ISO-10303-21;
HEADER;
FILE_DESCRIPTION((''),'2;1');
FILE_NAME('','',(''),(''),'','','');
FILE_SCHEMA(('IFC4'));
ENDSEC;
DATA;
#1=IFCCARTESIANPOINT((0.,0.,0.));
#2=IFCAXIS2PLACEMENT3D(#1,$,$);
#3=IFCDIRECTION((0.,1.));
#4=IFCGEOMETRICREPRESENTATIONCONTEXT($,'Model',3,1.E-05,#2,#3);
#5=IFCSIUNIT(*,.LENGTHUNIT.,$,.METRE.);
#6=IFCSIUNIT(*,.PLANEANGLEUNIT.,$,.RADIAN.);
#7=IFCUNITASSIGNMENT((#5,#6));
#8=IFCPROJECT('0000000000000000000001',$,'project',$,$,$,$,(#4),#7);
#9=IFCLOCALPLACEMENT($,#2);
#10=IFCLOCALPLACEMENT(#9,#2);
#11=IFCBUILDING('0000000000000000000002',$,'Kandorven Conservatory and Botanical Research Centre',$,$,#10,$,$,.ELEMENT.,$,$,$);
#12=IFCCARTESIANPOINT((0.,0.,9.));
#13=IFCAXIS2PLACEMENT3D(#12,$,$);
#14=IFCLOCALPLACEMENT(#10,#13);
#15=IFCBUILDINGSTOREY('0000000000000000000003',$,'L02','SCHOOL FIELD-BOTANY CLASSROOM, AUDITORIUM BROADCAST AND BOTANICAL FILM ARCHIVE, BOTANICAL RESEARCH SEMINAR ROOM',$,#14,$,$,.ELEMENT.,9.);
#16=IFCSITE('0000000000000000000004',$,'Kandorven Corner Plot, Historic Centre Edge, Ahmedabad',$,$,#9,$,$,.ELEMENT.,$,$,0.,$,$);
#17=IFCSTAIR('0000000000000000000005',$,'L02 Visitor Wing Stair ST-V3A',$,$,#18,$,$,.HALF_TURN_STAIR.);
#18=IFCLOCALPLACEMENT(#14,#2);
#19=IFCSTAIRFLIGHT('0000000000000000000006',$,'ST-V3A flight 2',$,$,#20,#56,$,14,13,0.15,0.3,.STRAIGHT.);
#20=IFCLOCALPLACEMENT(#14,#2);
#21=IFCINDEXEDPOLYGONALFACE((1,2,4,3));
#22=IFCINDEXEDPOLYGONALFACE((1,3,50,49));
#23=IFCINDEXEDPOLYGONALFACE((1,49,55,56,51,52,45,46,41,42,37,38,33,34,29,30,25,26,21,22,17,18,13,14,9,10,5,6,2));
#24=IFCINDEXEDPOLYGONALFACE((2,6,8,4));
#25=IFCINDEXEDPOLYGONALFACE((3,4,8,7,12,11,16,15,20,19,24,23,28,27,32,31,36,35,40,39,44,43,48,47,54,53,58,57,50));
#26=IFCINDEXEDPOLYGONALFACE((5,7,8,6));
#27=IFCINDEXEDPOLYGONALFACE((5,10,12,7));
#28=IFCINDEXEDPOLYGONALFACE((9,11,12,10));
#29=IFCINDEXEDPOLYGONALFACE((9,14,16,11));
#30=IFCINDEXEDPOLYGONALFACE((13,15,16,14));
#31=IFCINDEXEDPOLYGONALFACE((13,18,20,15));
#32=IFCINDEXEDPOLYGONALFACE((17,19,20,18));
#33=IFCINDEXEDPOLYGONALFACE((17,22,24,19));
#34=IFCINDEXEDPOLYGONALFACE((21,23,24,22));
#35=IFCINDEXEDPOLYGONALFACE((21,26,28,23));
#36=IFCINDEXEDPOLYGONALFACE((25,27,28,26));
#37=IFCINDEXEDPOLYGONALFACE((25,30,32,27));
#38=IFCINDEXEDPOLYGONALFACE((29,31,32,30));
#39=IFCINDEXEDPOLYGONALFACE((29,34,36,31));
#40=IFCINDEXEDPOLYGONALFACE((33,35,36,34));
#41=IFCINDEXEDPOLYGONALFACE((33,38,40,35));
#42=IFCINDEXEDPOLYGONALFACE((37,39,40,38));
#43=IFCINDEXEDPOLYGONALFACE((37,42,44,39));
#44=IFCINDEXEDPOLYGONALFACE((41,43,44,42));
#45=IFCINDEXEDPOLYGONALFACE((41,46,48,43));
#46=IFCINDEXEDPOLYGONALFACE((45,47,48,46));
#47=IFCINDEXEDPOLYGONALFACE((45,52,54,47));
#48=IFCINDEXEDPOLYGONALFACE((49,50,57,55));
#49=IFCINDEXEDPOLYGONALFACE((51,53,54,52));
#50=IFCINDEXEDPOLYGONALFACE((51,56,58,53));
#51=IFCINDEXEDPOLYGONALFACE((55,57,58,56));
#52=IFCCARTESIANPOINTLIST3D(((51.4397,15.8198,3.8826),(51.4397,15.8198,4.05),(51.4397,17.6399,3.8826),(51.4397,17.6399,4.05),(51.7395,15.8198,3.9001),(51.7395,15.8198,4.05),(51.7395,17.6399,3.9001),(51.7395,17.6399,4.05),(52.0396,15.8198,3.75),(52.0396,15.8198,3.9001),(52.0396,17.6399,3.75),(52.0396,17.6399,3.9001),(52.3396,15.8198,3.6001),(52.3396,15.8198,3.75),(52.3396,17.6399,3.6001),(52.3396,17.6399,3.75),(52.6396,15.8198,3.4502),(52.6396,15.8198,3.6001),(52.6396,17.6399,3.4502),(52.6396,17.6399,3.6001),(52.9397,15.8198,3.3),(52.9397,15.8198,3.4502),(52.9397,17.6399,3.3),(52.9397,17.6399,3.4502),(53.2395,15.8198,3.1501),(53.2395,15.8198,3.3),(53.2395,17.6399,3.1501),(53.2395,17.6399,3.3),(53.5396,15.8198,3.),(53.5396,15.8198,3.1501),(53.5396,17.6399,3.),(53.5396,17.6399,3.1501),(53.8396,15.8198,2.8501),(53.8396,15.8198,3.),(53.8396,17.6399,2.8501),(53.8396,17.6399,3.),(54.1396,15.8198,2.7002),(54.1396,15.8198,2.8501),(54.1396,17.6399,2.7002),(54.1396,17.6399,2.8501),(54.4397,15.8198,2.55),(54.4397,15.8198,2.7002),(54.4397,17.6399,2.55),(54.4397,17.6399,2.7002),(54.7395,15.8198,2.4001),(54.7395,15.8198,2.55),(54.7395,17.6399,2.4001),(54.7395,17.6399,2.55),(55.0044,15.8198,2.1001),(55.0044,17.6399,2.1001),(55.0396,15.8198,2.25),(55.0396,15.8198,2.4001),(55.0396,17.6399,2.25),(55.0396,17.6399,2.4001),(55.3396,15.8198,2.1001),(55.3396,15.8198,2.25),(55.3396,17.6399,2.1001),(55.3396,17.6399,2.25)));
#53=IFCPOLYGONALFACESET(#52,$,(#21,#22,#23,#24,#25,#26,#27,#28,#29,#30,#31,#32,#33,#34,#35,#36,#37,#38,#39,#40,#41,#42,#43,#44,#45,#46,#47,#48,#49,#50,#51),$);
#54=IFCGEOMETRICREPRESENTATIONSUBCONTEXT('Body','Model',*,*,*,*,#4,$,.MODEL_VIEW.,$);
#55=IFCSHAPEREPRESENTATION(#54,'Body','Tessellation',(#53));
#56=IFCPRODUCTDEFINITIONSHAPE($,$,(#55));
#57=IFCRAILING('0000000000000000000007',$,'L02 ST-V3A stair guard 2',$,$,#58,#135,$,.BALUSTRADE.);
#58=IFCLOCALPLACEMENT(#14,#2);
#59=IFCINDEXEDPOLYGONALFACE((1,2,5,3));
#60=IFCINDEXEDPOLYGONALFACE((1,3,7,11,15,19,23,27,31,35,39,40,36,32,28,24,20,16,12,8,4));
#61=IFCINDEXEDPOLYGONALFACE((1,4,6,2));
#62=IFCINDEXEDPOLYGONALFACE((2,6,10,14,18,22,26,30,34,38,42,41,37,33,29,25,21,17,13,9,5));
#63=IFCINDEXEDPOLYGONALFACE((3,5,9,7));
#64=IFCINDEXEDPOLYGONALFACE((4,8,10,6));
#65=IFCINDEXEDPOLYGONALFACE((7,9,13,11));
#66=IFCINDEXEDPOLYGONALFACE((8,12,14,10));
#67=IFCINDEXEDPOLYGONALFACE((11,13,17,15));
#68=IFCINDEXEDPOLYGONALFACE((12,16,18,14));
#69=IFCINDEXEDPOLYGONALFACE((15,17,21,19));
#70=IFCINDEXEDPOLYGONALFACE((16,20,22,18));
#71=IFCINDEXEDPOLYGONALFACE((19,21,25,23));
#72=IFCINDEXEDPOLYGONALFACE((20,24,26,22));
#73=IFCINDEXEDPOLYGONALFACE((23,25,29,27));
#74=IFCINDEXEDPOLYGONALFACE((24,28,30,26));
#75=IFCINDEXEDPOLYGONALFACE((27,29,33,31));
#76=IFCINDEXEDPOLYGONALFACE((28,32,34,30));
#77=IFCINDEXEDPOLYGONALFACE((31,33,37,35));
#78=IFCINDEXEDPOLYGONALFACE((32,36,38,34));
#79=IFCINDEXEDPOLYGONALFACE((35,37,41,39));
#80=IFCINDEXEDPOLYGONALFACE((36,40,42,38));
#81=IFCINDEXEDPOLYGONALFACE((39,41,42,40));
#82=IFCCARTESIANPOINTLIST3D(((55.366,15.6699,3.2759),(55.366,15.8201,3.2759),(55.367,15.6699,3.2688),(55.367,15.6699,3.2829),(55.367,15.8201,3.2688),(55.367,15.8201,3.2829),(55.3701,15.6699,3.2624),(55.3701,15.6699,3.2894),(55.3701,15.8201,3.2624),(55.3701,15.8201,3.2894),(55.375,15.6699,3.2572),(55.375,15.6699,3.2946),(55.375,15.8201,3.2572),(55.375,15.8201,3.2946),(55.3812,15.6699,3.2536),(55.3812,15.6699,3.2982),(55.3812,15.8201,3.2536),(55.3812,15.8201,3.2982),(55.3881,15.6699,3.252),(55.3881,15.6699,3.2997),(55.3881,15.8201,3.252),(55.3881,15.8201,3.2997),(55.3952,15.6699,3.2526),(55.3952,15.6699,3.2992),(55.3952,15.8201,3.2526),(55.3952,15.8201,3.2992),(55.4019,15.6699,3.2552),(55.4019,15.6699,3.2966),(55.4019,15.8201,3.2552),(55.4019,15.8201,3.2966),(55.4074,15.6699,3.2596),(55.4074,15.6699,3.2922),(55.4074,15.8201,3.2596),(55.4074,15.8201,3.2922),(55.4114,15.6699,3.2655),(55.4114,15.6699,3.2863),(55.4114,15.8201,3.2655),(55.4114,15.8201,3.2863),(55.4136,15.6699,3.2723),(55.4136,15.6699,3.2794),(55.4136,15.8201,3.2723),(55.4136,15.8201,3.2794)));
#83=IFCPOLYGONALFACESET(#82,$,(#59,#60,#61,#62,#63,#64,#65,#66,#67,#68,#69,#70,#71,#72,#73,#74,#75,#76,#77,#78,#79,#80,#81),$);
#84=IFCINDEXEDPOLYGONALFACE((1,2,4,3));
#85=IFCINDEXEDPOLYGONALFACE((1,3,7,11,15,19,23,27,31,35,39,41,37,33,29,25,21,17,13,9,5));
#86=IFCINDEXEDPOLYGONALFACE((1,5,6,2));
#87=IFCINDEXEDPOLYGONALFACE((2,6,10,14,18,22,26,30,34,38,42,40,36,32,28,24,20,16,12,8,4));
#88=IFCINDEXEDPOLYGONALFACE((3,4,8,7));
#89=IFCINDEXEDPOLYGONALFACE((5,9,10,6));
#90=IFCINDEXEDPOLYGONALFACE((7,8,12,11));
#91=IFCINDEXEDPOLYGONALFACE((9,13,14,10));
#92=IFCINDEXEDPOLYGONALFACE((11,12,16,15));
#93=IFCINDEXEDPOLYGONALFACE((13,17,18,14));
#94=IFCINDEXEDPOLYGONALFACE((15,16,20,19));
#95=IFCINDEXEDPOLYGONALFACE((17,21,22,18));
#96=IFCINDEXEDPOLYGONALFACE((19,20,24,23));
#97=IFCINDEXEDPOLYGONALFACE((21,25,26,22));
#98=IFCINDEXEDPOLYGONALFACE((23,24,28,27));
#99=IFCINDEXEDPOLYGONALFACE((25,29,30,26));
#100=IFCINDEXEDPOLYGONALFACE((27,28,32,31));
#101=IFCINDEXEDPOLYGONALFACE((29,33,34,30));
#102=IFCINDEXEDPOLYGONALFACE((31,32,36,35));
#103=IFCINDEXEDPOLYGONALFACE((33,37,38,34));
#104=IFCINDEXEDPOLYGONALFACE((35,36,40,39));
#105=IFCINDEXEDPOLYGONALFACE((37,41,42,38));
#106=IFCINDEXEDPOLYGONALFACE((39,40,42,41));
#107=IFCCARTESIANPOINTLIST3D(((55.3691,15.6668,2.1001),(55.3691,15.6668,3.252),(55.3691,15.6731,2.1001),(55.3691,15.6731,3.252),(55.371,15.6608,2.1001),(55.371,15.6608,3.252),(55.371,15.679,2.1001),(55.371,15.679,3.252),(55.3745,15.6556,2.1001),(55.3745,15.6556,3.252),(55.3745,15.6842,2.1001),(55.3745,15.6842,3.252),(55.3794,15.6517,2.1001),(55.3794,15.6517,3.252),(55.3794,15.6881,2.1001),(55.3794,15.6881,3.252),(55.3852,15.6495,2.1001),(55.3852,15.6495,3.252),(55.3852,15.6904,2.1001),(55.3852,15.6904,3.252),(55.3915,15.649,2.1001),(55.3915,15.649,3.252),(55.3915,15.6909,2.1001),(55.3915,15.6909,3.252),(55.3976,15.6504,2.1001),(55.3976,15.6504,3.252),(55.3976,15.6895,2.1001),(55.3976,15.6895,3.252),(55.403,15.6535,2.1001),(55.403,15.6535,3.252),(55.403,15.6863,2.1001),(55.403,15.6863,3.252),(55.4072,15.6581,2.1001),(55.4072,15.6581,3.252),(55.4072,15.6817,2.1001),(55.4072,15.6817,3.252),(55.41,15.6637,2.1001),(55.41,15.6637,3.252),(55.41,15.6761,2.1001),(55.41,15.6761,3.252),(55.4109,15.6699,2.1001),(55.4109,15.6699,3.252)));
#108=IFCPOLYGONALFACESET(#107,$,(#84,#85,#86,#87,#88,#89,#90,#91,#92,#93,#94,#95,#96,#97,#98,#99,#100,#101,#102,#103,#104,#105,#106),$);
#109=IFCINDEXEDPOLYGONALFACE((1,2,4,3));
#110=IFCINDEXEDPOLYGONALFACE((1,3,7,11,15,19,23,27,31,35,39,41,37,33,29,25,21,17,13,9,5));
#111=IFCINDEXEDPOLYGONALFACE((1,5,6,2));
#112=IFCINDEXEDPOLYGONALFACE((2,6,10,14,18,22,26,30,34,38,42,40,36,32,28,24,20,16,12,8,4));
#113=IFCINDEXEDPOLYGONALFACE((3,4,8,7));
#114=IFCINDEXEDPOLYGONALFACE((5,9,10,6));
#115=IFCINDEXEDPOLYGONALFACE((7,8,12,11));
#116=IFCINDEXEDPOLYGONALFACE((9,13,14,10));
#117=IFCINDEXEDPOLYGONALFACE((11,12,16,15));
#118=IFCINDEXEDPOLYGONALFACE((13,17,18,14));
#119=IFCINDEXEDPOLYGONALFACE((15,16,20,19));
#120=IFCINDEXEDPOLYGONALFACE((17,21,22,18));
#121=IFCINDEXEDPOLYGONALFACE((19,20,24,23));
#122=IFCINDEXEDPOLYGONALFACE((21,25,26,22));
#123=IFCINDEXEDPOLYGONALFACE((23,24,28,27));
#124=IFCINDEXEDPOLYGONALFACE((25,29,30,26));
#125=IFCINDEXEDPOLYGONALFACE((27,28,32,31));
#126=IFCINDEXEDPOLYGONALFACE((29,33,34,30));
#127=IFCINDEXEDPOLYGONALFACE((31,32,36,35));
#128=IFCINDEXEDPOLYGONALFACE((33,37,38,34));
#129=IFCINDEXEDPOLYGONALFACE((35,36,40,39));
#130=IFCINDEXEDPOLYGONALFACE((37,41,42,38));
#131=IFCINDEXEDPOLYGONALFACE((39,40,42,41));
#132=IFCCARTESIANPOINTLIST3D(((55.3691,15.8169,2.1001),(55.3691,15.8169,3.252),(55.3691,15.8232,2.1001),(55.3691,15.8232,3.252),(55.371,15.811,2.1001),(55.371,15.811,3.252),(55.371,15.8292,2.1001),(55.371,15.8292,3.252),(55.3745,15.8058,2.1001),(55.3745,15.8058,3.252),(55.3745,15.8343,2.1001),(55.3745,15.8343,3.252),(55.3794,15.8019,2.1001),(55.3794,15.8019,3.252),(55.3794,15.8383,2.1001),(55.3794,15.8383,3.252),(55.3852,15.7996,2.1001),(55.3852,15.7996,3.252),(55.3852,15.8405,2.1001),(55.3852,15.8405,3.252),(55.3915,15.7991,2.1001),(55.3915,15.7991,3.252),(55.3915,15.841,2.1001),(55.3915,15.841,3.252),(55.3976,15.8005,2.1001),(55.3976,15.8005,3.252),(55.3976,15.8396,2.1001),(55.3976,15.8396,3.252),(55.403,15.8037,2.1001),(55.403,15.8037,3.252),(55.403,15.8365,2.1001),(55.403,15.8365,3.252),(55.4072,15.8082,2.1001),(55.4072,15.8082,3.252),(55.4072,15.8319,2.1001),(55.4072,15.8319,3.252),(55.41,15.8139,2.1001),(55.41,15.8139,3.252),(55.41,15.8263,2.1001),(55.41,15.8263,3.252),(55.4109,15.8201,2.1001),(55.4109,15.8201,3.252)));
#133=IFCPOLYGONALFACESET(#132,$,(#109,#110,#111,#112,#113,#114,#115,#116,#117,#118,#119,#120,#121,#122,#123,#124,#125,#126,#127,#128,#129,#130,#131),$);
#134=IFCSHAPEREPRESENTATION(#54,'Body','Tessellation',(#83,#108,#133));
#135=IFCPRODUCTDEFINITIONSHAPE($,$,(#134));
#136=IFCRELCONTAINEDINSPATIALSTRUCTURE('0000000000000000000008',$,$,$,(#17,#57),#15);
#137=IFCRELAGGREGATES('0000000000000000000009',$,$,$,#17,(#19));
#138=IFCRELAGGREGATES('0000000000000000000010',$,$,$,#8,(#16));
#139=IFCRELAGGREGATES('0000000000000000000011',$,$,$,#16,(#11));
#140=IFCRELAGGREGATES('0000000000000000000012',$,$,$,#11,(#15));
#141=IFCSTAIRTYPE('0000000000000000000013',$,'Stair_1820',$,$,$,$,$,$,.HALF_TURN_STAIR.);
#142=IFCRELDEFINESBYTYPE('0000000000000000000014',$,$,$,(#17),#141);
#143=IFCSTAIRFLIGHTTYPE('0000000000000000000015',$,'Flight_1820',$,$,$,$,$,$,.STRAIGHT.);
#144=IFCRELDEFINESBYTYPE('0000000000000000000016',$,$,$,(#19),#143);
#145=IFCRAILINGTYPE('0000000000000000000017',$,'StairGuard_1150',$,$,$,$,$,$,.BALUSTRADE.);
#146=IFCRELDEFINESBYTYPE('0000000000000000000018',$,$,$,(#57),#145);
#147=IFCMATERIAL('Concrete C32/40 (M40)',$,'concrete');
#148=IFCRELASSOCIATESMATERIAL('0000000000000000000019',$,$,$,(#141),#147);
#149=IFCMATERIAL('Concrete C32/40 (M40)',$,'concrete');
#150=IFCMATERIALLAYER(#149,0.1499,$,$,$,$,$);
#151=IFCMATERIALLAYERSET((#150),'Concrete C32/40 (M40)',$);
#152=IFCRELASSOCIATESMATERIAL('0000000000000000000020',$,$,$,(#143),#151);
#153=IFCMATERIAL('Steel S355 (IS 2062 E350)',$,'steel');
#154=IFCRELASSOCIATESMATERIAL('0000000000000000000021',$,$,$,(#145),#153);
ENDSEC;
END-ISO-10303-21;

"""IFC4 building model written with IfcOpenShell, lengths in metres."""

from ifc_helpers import new_model, si_unit, direction, frame, origin, origin_2d, place, context, subcontext, project, spatial, polyline, circle, outline, extrude, material, layer, layer_set, type_object, element, aggregate, save


model = new_model("IFC4")

# Units and contexts
model_context = context("Model", 3, precision=1e-05, world=origin(), true_north=direction((0.0, 1.0)))
body_context = subcontext(model_context, "Body", "Model", "MODEL_VIEW")
ifc_project = project(units=[si_unit("LENGTHUNIT", "METRE"), si_unit("PLANEANGLEUNIT", "RADIAN")], contexts=[model_context])

# Site, building, storey
site_placement = place(None, origin())
site = spatial("IfcSite", under=ifc_project, at=site_placement, Name="Kandorven Corner Plot, Historic Centre Edge, Ahmedabad", CompositionType="ELEMENT", RefElevation=0.0)
building_placement = place(site_placement, origin())
building = spatial("IfcBuilding", under=site, at=building_placement, Name="Kandorven Conservatory and Botanical Research Centre", CompositionType="ELEMENT")
storey_placement = place(building_placement, frame((0.0, 0.0, 9.0)))
storey = spatial("IfcBuildingStorey", under=building, at=storey_placement, Name="L02", Description="SCHOOL FIELD-BOTANY CLASSROOM, AUDITORIUM BROADCAST AND BOTANICAL FILM ARCHIVE, BOTANICAL RESEARCH SEMINAR ROOM", CompositionType="ELEMENT", Elevation=9.0)

# Stair, stair flight
ifc_material_1 = material(Name="Concrete C32/40 (M40)", Category="concrete")
stair_type = type_object("IfcStairType", Name="Stair_1820", PredefinedType="HALF_TURN_STAIR", material=ifc_material_1)
stair_placement = place(storey_placement, origin())
stair = element("IfcStair", 1, at=stair_placement, inside=storey, type_object=stair_type, Name="L02 Visitor Wing Stair ST-V3A", PredefinedType="HALF_TURN_STAIR")
ifc_material_2 = material(Name="Concrete C32/40 (M40)", Category="concrete")
ifc_layer_1 = layer(ifc_material_2, 0.1499)
ifc_layer_set_1 = layer_set([ifc_layer_1], Name="Concrete C32/40 (M40)")
stair_flight_type = type_object("IfcStairFlightType", Name="Flight_1820", PredefinedType="STRAIGHT", material=ifc_layer_set_1)
stair_flight_placement = place(storey_placement, frame((55.3396, 16.73, 2.1001), z_axis=(0.0, 0.0, 1.0), x_axis=(-1.0, 0.0, 0.0)))
stair_flight = element("IfcStairFlight", 2, at=stair_flight_placement, type_object=stair_flight_type, Name="ST-V3A flight 2", NumberOfRisers=14, NumberOfTreads=13, PredefinedType="STRAIGHT", RiserHeight=0.15, TreadLength=0.3, context=body_context, shape_type="SweptSolid", body=[
    extrude(outline(polyline([(0.0, 0.0), (0.0, 0.1499), (0.3, 0.1499), (0.3, 0.3), (0.6001, 0.3), (0.6001, 0.45), (0.8999, 0.45), (0.8999, 0.6001), (1.2, 0.6001), (1.2, 0.75), (1.5, 0.75), (1.5, 0.8999), (1.8, 0.8999), (1.8, 1.05), (2.1001, 1.05), (2.1001, 1.2), (2.3999, 1.2), (2.3999, 1.3501), (2.7, 1.3501), (2.7, 1.5), (3.0, 1.5), (3.0, 1.6499), (3.3, 1.6499), (3.3, 1.8), (3.6001, 1.8), (3.6001, 1.95), (3.8999, 1.95), (3.8999, 2.1001), (3.8999, 1.7825), (0.3352, 0.0), (0.0, 0.0)])), frame((0.0, 0.9102, 0.0), z_axis=(0.0, -1.0, 0.0), x_axis=(1.0, 0.0, 0.0)), (0.0, 0.0, 1.0), 1.8201),
])
aggregate(stair, [stair_flight])

# Railing
ifc_material_3 = material(Name="Steel S355 (IS 2062 E350)", Category="steel")
railing_type_1 = type_object("IfcRailingType", Name="StairGuard_1150", PredefinedType="BALUSTRADE", material=ifc_material_3)
railing_1_placement = place(storey_placement, frame((55.3899, 15.6699, 2.1001)))
element("IfcRailing", 3, at=railing_1_placement, inside=storey, type_object=railing_type_1, Name="L02 ST-V3A stair guard 2", PredefinedType="BALUSTRADE", context=body_context, shape_type="SweptSolid", body=[
    extrude(circle(Radius=0.0239, at=origin_2d()), frame((0.0, 0.0, 1.1758), z_axis=(0.0, 1.0, 0.0), x_axis=(-1.0, 0.0, 0.0)), (0.0, 0.0, 1.0), 0.1501),
    extrude(circle(Radius=0.021, at=origin_2d()), origin(), (0.0, 0.0, 1.0), 1.1519),
    extrude(circle(Radius=0.021, at=origin_2d()), frame((0.0, 0.1501, 0.0)), (0.0, 0.0, 1.0), 1.1519),
])

save(model, "model.ifc")
